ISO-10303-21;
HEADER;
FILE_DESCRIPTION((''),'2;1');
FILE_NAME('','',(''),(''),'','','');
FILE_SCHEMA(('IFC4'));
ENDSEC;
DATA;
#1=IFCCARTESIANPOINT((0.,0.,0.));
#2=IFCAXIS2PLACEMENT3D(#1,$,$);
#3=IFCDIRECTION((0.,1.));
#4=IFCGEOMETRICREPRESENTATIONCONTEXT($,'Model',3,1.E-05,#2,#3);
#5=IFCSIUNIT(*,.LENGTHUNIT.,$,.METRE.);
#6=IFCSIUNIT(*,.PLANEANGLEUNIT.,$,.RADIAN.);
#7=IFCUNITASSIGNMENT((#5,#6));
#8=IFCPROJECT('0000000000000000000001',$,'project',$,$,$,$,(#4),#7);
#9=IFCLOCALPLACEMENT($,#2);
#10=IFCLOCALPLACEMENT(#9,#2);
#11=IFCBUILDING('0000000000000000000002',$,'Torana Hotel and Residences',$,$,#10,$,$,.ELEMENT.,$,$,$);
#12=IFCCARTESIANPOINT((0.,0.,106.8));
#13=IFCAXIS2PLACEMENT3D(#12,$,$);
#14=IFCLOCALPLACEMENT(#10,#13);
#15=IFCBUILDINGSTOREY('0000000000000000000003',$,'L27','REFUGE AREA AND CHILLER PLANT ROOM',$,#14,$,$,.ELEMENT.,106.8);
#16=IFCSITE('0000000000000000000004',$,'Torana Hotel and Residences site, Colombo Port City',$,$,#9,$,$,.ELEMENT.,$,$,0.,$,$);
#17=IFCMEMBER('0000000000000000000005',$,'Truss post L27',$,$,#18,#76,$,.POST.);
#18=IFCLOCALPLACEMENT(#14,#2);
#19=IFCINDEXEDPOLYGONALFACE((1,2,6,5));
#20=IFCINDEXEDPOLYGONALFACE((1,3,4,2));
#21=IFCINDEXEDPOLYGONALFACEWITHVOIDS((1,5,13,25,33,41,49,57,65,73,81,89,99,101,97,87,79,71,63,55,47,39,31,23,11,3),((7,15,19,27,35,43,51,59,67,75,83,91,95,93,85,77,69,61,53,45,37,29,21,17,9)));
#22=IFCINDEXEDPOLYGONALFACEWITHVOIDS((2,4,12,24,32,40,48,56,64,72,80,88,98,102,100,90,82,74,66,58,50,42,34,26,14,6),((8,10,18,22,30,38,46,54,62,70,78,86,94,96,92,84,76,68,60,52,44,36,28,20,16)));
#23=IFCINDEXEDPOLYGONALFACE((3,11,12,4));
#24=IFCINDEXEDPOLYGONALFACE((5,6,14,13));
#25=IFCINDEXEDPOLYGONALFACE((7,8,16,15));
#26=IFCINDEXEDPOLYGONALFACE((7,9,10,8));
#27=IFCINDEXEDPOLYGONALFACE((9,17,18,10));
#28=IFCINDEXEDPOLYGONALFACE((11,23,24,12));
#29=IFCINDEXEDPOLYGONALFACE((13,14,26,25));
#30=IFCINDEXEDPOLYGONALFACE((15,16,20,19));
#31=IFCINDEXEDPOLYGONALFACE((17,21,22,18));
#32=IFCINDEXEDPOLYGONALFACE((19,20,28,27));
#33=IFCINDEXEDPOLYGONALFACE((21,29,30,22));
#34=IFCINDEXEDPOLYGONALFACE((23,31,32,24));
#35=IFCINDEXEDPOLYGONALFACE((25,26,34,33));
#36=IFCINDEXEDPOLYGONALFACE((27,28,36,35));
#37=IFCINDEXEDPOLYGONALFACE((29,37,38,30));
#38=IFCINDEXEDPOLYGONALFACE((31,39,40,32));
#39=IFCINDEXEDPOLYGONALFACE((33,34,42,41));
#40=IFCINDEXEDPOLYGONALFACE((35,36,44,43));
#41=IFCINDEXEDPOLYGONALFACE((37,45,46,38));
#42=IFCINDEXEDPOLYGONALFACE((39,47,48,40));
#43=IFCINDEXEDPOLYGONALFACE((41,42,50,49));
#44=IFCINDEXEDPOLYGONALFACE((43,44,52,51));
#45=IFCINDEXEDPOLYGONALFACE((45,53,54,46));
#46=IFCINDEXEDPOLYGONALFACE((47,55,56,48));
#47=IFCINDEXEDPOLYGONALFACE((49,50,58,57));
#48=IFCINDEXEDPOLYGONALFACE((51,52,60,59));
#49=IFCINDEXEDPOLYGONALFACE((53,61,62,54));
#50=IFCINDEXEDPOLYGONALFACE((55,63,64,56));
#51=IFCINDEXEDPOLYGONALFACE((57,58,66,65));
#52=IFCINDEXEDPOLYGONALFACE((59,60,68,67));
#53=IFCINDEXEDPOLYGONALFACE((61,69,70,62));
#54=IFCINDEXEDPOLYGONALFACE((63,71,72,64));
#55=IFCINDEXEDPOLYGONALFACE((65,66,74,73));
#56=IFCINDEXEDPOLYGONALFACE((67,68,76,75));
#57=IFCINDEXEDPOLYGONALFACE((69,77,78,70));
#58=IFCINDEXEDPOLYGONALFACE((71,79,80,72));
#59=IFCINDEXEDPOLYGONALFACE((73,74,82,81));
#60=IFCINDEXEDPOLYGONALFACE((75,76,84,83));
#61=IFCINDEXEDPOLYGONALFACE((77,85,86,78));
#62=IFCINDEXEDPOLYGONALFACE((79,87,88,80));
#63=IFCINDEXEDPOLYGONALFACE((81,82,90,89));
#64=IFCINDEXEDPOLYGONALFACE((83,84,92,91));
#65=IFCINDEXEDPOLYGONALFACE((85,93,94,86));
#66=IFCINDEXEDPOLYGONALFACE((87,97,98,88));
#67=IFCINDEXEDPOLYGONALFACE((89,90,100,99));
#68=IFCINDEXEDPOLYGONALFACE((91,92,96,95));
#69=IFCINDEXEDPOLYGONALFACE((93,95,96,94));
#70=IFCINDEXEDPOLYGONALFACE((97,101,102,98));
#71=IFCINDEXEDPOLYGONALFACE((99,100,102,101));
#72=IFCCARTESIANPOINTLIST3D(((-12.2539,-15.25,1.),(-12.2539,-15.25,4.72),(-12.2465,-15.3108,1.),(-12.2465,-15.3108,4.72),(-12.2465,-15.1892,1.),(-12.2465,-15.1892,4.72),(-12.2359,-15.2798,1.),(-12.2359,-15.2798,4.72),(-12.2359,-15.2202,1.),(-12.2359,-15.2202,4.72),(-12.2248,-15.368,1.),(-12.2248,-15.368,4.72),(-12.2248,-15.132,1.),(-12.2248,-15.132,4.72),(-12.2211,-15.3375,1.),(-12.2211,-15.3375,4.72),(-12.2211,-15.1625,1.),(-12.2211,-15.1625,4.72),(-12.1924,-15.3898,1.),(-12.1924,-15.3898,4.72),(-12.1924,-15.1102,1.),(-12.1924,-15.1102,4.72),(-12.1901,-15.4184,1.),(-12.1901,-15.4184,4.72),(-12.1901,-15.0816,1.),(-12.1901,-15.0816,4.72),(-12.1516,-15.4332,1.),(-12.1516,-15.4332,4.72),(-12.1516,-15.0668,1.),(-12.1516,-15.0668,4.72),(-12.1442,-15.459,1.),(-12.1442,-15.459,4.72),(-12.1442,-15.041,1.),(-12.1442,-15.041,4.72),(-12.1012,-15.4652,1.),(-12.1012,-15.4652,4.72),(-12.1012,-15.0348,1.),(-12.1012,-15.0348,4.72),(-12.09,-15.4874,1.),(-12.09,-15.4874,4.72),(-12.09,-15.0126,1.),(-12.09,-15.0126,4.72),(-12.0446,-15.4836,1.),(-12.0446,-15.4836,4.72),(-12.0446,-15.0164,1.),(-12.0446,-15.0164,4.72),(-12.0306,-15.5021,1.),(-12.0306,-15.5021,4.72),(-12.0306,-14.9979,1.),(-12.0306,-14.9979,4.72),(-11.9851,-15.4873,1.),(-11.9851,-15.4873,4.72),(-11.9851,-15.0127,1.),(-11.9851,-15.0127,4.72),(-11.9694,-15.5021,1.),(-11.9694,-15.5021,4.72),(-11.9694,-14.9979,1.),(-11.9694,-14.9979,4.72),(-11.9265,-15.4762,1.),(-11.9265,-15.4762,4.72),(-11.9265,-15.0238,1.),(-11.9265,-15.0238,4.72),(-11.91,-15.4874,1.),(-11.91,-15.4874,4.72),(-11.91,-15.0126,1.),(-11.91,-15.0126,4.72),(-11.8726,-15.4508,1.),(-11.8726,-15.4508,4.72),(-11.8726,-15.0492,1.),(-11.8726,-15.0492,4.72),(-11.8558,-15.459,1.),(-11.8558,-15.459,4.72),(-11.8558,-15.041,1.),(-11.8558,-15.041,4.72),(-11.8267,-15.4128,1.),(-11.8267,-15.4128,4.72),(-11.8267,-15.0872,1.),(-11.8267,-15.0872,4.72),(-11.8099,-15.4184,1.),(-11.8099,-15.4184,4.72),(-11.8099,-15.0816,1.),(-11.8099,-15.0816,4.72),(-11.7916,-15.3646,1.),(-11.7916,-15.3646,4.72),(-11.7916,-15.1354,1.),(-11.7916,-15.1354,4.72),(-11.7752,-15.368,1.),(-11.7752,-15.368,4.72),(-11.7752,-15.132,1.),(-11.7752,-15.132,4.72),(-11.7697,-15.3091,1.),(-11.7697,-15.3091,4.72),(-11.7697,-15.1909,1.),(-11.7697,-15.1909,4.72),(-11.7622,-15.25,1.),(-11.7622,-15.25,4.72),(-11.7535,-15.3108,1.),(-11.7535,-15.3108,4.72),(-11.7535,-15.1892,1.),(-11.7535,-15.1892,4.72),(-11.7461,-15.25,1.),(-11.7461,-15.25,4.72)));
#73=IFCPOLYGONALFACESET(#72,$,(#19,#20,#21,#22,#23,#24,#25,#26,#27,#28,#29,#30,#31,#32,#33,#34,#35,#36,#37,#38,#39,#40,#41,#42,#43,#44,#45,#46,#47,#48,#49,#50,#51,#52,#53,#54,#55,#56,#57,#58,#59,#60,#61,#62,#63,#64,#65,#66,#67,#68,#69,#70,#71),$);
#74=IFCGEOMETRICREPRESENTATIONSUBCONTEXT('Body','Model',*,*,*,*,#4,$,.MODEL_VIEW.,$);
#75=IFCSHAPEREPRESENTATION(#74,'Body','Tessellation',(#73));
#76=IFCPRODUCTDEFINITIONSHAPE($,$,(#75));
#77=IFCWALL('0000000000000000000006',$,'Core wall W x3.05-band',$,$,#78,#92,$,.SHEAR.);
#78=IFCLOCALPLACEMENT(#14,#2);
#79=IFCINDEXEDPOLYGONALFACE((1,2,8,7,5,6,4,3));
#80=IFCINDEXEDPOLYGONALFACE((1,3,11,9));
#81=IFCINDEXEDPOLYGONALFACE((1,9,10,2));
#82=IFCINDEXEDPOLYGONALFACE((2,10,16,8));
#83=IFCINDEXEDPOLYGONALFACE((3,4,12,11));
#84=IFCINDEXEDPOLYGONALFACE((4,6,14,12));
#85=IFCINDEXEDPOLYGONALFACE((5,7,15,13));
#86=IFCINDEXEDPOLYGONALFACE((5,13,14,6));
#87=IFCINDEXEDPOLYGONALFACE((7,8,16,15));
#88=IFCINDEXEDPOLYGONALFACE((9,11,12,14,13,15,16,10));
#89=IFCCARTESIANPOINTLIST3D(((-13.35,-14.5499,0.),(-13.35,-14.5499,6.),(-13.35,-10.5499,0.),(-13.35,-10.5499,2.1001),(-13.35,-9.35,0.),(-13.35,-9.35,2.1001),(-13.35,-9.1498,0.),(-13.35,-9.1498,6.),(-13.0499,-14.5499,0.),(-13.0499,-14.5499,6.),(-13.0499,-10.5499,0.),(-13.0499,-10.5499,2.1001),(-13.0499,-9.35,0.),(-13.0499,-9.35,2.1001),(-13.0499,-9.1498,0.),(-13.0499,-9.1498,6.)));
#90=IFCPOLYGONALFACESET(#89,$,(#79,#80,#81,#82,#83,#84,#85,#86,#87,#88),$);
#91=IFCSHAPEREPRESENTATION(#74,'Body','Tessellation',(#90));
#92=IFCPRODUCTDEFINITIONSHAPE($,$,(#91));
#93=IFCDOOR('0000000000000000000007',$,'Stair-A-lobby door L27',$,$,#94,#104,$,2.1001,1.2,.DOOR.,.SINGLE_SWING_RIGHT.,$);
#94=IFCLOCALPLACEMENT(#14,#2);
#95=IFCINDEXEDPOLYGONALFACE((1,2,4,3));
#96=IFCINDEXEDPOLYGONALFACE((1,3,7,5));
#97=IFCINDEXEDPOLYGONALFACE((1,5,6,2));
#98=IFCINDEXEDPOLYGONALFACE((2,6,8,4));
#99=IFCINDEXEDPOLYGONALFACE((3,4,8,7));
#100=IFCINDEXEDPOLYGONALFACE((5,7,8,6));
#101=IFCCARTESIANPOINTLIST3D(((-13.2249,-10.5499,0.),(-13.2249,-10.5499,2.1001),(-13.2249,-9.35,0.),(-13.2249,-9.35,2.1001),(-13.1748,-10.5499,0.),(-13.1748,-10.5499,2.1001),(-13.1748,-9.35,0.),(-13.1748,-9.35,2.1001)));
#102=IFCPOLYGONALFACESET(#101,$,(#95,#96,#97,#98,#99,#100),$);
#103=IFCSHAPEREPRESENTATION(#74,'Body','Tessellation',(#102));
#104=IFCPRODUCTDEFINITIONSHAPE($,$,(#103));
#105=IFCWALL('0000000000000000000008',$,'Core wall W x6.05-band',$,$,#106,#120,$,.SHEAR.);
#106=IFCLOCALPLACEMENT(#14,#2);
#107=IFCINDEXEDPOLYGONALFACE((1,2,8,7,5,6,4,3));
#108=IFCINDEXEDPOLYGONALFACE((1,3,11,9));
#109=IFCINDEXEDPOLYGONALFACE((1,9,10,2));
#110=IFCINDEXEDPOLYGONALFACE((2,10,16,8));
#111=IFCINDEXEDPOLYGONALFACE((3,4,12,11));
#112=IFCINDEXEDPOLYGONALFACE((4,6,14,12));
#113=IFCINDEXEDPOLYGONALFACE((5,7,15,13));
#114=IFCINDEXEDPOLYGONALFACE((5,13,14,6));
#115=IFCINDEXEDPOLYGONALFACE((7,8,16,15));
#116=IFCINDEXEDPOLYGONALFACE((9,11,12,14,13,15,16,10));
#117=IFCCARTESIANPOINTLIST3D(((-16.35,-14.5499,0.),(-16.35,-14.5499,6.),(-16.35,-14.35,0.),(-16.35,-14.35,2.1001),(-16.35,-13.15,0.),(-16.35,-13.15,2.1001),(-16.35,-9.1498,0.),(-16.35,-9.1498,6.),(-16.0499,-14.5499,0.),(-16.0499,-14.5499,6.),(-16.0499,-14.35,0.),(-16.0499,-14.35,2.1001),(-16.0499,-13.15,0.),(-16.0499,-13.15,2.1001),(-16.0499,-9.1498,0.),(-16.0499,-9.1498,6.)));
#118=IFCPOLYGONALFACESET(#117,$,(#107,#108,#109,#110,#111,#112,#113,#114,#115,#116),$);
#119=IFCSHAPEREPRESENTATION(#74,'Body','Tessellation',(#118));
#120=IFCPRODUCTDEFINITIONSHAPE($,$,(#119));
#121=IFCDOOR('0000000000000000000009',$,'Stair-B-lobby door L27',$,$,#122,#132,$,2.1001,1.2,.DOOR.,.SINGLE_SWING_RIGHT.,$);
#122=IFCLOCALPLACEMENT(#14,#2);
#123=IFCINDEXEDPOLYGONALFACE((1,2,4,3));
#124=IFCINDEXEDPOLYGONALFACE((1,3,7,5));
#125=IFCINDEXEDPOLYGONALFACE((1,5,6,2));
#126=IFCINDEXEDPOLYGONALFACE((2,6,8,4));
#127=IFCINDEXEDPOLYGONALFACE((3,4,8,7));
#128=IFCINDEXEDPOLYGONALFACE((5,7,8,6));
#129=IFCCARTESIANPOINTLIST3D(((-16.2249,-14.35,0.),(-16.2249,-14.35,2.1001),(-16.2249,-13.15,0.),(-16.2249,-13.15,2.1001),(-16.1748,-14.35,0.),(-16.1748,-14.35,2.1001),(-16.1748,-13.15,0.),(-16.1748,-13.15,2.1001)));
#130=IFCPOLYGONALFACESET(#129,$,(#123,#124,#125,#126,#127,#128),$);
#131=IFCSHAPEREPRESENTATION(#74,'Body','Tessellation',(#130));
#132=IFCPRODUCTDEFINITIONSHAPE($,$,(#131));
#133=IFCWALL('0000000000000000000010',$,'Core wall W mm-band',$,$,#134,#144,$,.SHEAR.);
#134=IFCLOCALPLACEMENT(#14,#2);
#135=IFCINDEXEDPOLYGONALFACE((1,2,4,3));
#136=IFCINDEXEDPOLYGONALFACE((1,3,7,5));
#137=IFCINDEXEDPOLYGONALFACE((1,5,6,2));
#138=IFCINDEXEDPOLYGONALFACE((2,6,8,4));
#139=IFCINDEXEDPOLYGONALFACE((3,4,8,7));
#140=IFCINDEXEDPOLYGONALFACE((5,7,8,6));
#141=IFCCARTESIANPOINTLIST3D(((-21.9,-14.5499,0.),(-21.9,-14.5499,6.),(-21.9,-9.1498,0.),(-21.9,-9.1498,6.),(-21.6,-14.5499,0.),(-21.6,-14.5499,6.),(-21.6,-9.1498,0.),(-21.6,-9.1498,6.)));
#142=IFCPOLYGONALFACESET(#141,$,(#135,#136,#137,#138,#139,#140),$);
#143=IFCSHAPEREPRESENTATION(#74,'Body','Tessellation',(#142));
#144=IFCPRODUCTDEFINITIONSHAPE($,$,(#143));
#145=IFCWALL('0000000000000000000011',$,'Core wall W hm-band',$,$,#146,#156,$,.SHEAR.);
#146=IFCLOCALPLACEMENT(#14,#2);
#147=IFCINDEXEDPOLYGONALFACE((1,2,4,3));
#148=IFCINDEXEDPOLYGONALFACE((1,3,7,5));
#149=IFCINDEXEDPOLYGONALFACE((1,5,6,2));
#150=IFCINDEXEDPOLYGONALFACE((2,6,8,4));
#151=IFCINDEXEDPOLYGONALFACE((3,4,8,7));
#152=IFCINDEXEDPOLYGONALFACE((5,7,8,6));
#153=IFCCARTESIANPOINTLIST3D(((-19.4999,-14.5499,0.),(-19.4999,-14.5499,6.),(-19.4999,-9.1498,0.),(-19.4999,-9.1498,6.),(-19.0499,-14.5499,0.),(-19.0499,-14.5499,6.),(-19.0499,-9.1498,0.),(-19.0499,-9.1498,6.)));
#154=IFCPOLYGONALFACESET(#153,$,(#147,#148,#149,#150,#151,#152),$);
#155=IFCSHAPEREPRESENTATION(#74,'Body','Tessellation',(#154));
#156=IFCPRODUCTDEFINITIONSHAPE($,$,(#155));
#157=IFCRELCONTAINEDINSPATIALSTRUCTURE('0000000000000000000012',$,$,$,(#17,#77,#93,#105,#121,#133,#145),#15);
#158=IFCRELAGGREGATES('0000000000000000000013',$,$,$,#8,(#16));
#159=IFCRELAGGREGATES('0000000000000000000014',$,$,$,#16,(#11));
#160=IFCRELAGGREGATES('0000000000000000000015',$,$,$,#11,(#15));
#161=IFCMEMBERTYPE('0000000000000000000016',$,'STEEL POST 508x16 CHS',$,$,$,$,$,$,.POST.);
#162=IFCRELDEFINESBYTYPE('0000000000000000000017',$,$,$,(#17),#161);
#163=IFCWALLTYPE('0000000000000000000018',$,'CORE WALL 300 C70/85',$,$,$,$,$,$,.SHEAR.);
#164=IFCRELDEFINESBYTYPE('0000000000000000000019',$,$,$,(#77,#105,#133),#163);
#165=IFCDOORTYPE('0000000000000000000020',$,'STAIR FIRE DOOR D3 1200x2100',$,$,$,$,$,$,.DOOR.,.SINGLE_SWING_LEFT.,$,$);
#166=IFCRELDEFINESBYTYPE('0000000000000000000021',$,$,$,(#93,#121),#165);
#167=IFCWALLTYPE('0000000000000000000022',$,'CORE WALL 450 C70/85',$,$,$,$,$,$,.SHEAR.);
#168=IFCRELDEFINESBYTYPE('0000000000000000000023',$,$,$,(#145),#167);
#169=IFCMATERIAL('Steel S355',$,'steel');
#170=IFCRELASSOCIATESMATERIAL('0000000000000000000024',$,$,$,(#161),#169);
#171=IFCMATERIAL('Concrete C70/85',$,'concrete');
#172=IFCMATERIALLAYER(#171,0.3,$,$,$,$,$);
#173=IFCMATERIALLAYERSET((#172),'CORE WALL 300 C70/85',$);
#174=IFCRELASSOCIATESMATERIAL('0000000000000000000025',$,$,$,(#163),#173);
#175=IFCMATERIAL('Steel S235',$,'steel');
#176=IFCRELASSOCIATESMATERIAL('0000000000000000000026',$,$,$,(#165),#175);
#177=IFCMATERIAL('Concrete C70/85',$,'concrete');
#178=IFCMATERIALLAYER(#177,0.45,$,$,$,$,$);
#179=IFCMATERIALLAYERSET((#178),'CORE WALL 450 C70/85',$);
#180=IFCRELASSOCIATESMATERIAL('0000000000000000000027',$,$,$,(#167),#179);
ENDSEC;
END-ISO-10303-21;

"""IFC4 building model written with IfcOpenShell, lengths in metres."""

from ifc_helpers import new_model, si_unit, direction, frame, frame_2d, origin, origin_2d, place, context, subcontext, project, spatial, rectangle, hollow_circle, extrude, material, layer, layer_set, material_profile, profile_set, type_object, element, fill, save


model = new_model("IFC4")

# Units and contexts
model_context = context("Model", 3, precision=1e-05, world=origin(), true_north=direction((0.0, 1.0)))
body_context = subcontext(model_context, "Body", "Model", "MODEL_VIEW")
ifc_project = project(units=[si_unit("LENGTHUNIT", "METRE"), si_unit("PLANEANGLEUNIT", "RADIAN")], contexts=[model_context])

# Site, building, storey
site_placement = place(None, origin())
site = spatial("IfcSite", under=ifc_project, at=site_placement, Name="Torana Hotel and Residences site, Colombo Port City", CompositionType="ELEMENT", RefElevation=0.0)
building_placement = place(site_placement, origin())
building = spatial("IfcBuilding", under=site, at=building_placement, Name="Torana Hotel and Residences", CompositionType="ELEMENT")
storey_placement = place(building_placement, frame((0.0, 0.0, 106.8)))
storey = spatial("IfcBuildingStorey", under=building, at=storey_placement, Name="L27", Description="REFUGE AREA AND CHILLER PLANT ROOM", CompositionType="ELEMENT", Elevation=106.8)

# Member
ifc_material_1 = material(Name="Steel S355", Category="steel")
ifc_material_profile_1 = material_profile(ifc_material_1, hollow_circle(Radius=0.2539, WallThickness=0.0161, at=origin_2d()), Name="508x16 CHS")
ifc_profile_set_1 = profile_set([ifc_material_profile_1], Name="Steel S355")
member_type_1 = type_object("IfcMemberType", Name="STEEL POST 508x16 CHS", PredefinedType="POST", material=ifc_profile_set_1)
for number, where, z_axis, x_axis, name in (
    (1, (-12.0, -15.25, 1.0), (0.0, 0.0, 1.0), (1.0, 0.0, 0.0), "Truss post L27"),
):
    element("IfcMember", number, at=place(storey_placement, frame(where, z_axis=z_axis, x_axis=x_axis)), inside=storey, type_object=member_type_1, Name=name, PredefinedType="POST", context=body_context, shape_type="SweptSolid", body=[
        extrude(hollow_circle(Radius=0.2539, WallThickness=0.0161, at=origin_2d()), origin(), (0.0, 0.0, 1.0), 3.72),
    ])

# Walls, openings, doors
ifc_material_2 = material(Name="Concrete C70/85", Category="concrete")
ifc_layer_1 = layer(ifc_material_2, 0.3)
ifc_layer_set_1 = layer_set([ifc_layer_1], Name="CORE WALL 300 C70/85")
wall_type_1 = type_object("IfcWallType", Name="CORE WALL 300 C70/85", PredefinedType="SHEAR", material=ifc_layer_set_1)
wall_1_placement = place(storey_placement, frame((-13.2, -14.55, 0.0), z_axis=(0.0, 0.0, 1.0), x_axis=(0.0, 1.0, 0.0)))
wall_1 = element("IfcWall", 2, at=wall_1_placement, inside=storey, type_object=wall_type_1, Name="Core wall W x3.05-band", PredefinedType="SHEAR", context=body_context, shape_type="SweptSolid", body=[
    extrude(rectangle(XDim=5.4001, YDim=0.3, at=frame_2d((2.7002, 0.0))), origin(), (0.0, 0.0, 1.0), 6.0),
])
opening_1_placement = place(wall_1_placement, frame((4.0, 0.0, 0.0)))
opening_1 = element("IfcOpeningElement", 3, at=opening_1_placement, cuts=wall_1, PredefinedType="OPENING", context=body_context, shape_type="SweptSolid", body=[
    extrude(rectangle(XDim=1.2, YDim=2.1001, at=frame_2d((0.6001, 1.05))), frame((0.0, 0.1599, 0.0), z_axis=(0.0, -1.0, 0.0), x_axis=(1.0, 0.0, 0.0)), (0.0, 0.0, 1.0), 0.3201),
])
ifc_material_3 = material(Name="Steel S235", Category="steel")
door_type = type_object("IfcDoorType", Name="STAIR FIRE DOOR D3 1200x2100", OperationType="SINGLE_SWING_LEFT", PredefinedType="DOOR", material=ifc_material_3)
door_1_placement = place(opening_1_placement, frame((0.6001, 0.0, 0.0), z_axis=(0.0, 0.0, 1.0), x_axis=(-1.0, 0.0, 0.0)))
door_1 = element("IfcDoor", 4, at=door_1_placement, inside=storey, type_object=door_type, Name="Stair-A-lobby door L27", OperationType="SINGLE_SWING_RIGHT", OverallHeight=2.1001, OverallWidth=1.2, PredefinedType="DOOR", context=body_context, shape_type="SweptSolid", body=[
    extrude(rectangle(XDim=1.2, YDim=2.1001, at=frame_2d((0.0, 1.05))), frame((0.0, -0.0249, 0.0), z_axis=(0.0, 1.0, 0.0), x_axis=(-1.0, 0.0, 0.0)), (0.0, 0.0, 1.0), 0.05),
])
fill(opening_1, door_1)
wall_2_placement = place(storey_placement, frame((-16.2, -14.55, 0.0), z_axis=(0.0, 0.0, 1.0), x_axis=(0.0, 1.0, 0.0)))
wall_2 = element("IfcWall", 5, at=wall_2_placement, inside=storey, type_object=wall_type_1, Name="Core wall W x6.05-band", PredefinedType="SHEAR", context=body_context, shape_type="SweptSolid", body=[
    extrude(rectangle(XDim=5.4001, YDim=0.3, at=frame_2d((2.7002, 0.0))), origin(), (0.0, 0.0, 1.0), 6.0),
])
opening_2_placement = place(wall_2_placement, frame((0.2, 0.0, 0.0)))
opening_2 = element("IfcOpeningElement", 6, at=opening_2_placement, cuts=wall_2, PredefinedType="OPENING", context=body_context, shape_type="SweptSolid", body=[
    extrude(rectangle(XDim=1.2, YDim=2.1001, at=frame_2d((0.6001, 1.05))), frame((0.0, 0.1599, 0.0), z_axis=(0.0, -1.0, 0.0), x_axis=(1.0, 0.0, 0.0)), (0.0, 0.0, 1.0), 0.3201),
])
door_2_placement = place(opening_2_placement, origin())
door_2 = element("IfcDoor", 7, at=door_2_placement, inside=storey, type_object=door_type, Name="Stair-B-lobby door L27", OperationType="SINGLE_SWING_RIGHT", OverallHeight=2.1001, OverallWidth=1.2, PredefinedType="DOOR", context=body_context, shape_type="SweptSolid", body=[
    extrude(rectangle(XDim=1.2, YDim=2.1001, at=frame_2d((0.6001, 1.05))), frame((0.0, 0.0249, 0.0), z_axis=(0.0, -1.0, 0.0), x_axis=(1.0, 0.0, 0.0)), (0.0, 0.0, 1.0), 0.05),
])
fill(opening_2, door_2)

# Walls
wall_3_placement = place(storey_placement, frame((-21.75, -14.55, 0.0), z_axis=(0.0, 0.0, 1.0), x_axis=(0.0, 1.0, 0.0)))
element("IfcWall", 8, at=wall_3_placement, inside=storey, type_object=wall_type_1, Name="Core wall W mm-band", PredefinedType="SHEAR", context=body_context, shape_type="SweptSolid", body=[
    extrude(rectangle(XDim=5.4001, YDim=0.3, at=frame_2d((2.7002, 0.0))), origin(), (0.0, 0.0, 1.0), 6.0),
])
ifc_material_4 = material(Name="Concrete C70/85", Category="concrete")
ifc_layer_2 = layer(ifc_material_4, 0.45)
ifc_layer_set_2 = layer_set([ifc_layer_2], Name="CORE WALL 450 C70/85")
wall_type_2 = type_object("IfcWallType", Name="CORE WALL 450 C70/85", PredefinedType="SHEAR", material=ifc_layer_set_2)
wall_4_placement = place(storey_placement, frame((-19.2749, -14.55, 0.0), z_axis=(0.0, 0.0, 1.0), x_axis=(0.0, 1.0, 0.0)))
element("IfcWall", 9, at=wall_4_placement, inside=storey, type_object=wall_type_2, Name="Core wall W hm-band", PredefinedType="SHEAR", context=body_context, shape_type="SweptSolid", body=[
    extrude(rectangle(XDim=5.4001, YDim=0.45, at=frame_2d((2.7002, 0.0))), origin(), (0.0, 0.0, 1.0), 6.0),
])

save(model, "model.ifc")
